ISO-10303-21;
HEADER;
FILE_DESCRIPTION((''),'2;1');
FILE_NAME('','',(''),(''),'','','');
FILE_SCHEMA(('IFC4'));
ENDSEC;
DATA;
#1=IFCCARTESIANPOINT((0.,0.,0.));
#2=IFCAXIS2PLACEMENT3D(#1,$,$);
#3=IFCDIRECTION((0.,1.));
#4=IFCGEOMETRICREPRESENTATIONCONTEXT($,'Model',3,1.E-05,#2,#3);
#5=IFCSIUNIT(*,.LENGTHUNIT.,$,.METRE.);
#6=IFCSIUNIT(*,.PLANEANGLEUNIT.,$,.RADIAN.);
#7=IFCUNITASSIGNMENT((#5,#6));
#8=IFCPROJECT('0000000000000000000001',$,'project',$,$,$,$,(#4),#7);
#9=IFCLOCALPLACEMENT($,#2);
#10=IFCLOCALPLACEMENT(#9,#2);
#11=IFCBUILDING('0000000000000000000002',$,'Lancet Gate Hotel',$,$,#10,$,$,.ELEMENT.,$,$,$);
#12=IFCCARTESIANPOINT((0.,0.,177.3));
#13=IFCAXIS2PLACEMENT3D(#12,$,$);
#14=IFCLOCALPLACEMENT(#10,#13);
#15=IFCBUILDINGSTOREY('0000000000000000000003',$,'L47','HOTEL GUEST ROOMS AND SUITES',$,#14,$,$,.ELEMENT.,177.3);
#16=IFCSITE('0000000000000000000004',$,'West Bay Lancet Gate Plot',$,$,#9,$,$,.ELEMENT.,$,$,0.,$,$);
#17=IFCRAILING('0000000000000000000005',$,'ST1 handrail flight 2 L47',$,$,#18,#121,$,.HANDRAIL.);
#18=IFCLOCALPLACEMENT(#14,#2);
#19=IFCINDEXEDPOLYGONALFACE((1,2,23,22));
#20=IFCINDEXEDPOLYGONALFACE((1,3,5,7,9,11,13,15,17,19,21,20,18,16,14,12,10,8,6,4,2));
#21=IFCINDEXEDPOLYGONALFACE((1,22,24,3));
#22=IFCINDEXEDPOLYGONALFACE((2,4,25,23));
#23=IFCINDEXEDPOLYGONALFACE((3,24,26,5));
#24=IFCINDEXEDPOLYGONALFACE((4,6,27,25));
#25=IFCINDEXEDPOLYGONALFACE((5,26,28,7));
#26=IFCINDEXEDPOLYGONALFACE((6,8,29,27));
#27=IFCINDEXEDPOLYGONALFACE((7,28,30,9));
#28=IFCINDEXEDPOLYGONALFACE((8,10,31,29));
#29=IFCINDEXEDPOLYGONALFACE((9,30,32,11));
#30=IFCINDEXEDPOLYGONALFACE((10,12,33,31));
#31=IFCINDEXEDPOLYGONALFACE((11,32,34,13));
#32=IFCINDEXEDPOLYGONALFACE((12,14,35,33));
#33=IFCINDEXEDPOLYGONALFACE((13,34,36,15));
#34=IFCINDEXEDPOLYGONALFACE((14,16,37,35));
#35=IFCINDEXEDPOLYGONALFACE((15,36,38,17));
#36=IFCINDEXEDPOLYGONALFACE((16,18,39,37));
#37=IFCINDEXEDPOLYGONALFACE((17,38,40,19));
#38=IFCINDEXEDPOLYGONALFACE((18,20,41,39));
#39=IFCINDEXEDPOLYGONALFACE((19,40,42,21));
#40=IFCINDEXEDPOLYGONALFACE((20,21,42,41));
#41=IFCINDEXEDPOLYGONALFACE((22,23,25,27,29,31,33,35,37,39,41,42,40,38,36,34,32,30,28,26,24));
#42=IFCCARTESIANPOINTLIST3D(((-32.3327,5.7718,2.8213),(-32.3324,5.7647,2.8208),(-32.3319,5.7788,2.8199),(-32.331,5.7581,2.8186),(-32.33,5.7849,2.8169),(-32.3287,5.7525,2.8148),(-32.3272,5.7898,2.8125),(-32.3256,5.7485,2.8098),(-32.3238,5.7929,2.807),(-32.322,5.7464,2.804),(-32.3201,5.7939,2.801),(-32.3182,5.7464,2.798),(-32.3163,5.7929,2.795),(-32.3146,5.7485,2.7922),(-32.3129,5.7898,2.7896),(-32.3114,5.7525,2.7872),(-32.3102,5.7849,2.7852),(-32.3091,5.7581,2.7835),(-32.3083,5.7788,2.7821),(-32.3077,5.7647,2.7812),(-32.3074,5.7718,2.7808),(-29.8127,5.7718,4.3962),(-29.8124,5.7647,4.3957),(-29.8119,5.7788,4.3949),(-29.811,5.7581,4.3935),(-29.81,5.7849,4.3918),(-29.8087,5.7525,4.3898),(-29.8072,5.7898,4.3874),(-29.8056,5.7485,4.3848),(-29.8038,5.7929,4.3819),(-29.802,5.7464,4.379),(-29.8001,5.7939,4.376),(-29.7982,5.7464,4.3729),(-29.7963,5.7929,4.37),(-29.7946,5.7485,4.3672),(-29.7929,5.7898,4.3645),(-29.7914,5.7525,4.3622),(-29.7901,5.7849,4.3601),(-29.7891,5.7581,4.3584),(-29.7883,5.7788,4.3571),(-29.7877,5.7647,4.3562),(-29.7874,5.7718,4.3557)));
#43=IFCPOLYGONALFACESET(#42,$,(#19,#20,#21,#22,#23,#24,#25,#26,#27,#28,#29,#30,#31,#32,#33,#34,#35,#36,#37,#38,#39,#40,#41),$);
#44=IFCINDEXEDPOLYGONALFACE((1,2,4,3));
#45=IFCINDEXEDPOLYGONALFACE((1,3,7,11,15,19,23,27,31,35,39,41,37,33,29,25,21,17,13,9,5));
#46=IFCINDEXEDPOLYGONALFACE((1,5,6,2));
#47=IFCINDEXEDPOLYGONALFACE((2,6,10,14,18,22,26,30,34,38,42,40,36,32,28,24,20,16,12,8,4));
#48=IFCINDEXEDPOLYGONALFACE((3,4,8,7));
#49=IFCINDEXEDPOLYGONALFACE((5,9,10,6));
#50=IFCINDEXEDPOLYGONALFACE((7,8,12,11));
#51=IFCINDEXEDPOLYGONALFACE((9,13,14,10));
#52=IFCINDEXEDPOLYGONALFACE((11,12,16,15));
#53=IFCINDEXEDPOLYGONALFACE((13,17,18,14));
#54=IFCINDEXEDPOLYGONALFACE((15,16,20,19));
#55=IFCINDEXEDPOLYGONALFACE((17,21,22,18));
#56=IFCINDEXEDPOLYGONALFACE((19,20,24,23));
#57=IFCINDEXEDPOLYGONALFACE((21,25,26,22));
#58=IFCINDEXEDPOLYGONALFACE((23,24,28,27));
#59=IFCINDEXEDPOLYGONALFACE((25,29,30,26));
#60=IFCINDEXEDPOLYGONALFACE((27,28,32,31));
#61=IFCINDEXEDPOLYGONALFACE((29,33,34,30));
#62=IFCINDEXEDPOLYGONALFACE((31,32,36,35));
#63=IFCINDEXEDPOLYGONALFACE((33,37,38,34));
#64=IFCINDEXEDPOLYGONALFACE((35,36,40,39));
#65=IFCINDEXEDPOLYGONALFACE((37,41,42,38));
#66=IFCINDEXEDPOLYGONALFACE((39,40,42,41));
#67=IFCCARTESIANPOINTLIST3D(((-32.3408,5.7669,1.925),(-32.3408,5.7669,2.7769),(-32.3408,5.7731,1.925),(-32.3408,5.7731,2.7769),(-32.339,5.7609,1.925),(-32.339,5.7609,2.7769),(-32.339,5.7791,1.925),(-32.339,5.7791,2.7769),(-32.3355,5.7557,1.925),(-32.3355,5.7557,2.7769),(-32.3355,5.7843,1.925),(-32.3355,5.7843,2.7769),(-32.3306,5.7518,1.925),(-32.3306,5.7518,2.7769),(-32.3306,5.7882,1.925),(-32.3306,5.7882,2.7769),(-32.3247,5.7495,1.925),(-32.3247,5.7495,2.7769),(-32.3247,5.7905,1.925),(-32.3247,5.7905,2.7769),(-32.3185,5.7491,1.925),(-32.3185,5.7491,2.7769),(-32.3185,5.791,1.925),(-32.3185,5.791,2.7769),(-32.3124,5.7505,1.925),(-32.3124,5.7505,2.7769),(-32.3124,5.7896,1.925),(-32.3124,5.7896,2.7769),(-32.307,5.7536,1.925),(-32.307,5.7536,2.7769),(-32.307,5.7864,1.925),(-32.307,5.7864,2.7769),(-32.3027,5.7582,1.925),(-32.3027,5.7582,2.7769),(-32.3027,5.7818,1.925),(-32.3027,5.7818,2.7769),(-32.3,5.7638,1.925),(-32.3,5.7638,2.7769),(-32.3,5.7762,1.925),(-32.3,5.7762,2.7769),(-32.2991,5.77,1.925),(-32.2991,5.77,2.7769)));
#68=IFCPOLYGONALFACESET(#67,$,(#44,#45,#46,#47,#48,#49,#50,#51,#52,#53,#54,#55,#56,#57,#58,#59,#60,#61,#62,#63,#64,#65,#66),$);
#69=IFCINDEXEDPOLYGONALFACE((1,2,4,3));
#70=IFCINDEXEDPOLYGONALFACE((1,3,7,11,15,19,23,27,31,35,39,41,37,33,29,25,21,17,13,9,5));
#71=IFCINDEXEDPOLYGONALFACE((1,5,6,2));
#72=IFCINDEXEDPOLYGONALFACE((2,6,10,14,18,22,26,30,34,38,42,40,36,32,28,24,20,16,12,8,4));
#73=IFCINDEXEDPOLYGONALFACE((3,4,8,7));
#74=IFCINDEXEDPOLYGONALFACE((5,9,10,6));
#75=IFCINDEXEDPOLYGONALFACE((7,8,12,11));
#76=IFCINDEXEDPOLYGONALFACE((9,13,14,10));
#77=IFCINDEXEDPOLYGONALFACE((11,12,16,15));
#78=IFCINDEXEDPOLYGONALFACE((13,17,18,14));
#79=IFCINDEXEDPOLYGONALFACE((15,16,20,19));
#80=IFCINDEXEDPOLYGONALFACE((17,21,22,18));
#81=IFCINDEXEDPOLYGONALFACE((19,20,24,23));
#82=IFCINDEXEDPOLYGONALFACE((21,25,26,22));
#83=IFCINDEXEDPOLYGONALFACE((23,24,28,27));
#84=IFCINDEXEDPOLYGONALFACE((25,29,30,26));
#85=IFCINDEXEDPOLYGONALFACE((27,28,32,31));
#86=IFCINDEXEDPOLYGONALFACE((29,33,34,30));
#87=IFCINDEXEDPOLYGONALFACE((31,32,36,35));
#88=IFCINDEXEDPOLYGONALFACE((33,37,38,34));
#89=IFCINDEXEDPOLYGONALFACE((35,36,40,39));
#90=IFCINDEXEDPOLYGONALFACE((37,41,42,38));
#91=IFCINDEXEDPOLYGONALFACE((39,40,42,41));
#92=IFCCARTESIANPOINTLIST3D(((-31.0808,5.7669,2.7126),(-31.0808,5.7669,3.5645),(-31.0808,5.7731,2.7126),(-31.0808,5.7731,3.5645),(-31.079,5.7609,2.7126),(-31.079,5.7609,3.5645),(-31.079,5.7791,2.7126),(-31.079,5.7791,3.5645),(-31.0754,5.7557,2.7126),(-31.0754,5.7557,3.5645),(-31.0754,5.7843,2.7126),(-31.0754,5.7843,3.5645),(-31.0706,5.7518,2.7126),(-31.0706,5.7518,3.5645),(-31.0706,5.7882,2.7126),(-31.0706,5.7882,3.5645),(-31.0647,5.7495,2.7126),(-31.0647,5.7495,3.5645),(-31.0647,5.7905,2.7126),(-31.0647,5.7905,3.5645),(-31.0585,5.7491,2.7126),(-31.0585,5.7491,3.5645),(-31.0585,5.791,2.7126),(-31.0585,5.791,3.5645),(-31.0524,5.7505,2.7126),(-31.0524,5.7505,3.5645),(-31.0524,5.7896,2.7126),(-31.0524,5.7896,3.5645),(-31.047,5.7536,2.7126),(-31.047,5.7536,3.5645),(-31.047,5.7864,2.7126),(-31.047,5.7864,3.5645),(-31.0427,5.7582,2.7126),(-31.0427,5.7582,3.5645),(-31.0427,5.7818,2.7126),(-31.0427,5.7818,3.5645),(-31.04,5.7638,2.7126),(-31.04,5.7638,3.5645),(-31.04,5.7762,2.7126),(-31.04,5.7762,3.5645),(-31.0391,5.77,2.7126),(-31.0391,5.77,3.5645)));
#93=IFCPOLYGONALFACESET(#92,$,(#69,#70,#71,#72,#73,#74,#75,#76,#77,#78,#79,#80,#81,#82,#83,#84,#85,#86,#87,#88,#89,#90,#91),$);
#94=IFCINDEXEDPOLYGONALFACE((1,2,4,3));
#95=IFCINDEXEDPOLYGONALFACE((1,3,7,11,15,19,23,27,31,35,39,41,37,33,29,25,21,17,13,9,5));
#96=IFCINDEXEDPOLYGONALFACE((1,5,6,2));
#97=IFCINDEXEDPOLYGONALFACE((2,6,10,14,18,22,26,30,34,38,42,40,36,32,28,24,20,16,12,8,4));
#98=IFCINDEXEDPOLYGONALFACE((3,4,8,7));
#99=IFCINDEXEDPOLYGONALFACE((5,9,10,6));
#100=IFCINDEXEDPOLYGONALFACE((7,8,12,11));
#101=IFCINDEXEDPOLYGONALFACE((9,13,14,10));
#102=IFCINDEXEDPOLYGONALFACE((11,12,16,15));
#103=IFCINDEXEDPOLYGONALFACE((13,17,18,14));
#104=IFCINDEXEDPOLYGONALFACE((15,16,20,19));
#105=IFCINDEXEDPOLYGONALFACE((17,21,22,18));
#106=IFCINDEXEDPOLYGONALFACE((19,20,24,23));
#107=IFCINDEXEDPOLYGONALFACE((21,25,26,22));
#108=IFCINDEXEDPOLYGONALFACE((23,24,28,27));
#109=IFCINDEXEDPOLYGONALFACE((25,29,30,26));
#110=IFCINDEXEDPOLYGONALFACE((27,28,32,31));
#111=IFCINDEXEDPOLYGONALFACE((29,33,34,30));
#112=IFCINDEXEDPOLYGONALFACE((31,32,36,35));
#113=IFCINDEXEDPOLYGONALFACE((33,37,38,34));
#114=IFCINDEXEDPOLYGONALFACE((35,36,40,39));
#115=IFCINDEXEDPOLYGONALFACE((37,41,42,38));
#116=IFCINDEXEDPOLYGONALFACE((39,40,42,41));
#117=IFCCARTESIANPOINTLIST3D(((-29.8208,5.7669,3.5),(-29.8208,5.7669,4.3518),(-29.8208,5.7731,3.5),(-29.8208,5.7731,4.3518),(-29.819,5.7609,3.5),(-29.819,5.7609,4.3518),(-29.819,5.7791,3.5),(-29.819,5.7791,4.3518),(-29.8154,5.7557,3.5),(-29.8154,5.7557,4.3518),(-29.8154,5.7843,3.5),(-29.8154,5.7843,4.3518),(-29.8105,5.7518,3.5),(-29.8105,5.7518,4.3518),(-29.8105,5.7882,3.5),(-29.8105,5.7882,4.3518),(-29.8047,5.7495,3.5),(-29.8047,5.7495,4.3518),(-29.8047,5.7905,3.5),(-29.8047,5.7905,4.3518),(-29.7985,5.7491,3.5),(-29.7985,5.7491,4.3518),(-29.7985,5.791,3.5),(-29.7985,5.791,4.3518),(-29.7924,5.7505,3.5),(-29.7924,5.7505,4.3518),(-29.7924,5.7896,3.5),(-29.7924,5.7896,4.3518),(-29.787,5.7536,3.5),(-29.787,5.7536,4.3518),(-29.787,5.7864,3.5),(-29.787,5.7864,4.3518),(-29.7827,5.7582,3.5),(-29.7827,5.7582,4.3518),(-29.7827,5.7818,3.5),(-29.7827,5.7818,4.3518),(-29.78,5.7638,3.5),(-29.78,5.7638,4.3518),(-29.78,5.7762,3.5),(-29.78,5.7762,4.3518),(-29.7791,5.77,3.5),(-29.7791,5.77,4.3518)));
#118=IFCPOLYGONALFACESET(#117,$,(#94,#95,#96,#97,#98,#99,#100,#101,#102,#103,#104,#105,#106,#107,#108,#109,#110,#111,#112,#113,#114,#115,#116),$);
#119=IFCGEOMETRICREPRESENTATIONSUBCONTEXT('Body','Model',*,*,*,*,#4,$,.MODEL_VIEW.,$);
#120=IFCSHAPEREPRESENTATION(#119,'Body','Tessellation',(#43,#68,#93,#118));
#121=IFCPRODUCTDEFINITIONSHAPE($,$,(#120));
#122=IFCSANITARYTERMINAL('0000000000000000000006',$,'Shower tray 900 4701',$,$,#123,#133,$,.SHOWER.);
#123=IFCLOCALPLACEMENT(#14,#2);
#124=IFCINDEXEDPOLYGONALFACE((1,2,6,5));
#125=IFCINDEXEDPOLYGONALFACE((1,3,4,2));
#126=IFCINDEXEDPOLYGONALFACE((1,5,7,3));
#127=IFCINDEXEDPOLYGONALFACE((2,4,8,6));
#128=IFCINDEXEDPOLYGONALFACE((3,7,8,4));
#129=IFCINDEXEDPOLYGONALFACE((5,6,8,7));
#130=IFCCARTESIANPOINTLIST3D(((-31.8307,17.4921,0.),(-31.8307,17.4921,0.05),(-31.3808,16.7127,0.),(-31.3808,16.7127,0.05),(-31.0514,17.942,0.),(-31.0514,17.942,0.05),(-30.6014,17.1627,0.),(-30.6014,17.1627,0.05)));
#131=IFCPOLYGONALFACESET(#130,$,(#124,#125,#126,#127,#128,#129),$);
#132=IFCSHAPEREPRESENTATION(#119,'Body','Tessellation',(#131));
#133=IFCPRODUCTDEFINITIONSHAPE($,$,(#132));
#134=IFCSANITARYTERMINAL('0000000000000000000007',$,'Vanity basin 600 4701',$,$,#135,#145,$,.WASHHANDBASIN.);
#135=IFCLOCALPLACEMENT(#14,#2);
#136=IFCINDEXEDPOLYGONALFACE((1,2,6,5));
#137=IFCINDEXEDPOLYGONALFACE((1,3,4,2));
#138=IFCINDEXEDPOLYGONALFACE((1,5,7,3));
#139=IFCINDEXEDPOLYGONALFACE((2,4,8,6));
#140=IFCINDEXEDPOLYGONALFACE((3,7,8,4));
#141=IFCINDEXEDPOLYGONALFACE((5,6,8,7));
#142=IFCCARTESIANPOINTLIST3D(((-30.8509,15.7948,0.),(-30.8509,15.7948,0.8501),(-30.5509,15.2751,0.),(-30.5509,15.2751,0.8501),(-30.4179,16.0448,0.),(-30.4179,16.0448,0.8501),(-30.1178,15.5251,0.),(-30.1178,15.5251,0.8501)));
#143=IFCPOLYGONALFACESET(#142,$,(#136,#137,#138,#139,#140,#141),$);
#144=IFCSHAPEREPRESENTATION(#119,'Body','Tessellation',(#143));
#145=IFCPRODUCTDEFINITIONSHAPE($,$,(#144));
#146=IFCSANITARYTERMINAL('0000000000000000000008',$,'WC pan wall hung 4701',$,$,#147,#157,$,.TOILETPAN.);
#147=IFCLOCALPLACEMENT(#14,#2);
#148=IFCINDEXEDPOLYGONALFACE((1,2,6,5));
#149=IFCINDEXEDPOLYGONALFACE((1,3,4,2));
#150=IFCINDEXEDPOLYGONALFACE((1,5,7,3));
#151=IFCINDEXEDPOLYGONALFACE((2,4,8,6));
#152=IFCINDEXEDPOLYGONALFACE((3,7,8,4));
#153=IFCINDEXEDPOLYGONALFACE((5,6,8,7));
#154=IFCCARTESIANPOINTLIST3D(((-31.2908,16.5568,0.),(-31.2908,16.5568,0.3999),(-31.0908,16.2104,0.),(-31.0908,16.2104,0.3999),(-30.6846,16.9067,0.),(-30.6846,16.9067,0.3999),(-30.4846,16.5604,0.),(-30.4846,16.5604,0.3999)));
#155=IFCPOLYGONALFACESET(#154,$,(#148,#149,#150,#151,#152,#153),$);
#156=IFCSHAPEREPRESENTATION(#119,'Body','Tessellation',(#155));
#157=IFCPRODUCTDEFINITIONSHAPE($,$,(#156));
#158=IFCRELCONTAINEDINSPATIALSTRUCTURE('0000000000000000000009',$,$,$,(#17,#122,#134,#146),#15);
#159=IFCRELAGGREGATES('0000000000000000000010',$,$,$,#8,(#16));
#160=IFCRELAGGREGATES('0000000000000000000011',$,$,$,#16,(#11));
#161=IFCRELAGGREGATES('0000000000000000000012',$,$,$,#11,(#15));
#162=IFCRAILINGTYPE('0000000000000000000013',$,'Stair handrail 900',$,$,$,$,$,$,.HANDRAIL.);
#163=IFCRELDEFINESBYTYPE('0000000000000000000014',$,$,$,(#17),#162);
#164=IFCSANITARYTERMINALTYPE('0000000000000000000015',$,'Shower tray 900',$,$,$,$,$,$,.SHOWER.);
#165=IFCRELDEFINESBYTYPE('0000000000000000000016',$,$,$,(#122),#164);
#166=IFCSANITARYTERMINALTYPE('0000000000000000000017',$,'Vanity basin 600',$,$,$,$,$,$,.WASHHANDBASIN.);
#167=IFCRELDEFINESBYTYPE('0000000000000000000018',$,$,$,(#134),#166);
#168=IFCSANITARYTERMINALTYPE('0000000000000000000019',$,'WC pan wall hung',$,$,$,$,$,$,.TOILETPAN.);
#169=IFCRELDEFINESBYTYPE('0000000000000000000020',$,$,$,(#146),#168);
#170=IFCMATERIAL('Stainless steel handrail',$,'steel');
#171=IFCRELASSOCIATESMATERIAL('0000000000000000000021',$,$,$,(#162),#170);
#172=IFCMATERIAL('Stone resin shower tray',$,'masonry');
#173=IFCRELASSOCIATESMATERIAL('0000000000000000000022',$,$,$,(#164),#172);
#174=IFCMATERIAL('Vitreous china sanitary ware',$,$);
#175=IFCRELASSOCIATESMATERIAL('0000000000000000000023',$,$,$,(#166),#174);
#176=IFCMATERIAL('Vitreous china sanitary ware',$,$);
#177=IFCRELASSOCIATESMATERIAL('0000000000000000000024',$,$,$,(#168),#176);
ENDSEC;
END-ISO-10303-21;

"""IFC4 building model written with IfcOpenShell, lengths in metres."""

from ifc_helpers import new_model, si_unit, direction, frame, origin, origin_2d, place, context, subcontext, project, spatial, rectangle, circle, extrude, material, type_object, element, save


model = new_model("IFC4")

# Units and contexts
model_context = context("Model", 3, precision=1e-05, world=origin(), true_north=direction((0.0, 1.0)))
body_context = subcontext(model_context, "Body", "Model", "MODEL_VIEW")
ifc_project = project(units=[si_unit("LENGTHUNIT", "METRE"), si_unit("PLANEANGLEUNIT", "RADIAN")], contexts=[model_context])

# Site, building, storey
site_placement = place(None, origin())
site = spatial("IfcSite", under=ifc_project, at=site_placement, Name="West Bay Lancet Gate Plot", CompositionType="ELEMENT", RefElevation=0.0)
building_placement = place(site_placement, origin())
building = spatial("IfcBuilding", under=site, at=building_placement, Name="Lancet Gate Hotel", CompositionType="ELEMENT")
storey_placement = place(building_placement, frame((0.0, 0.0, 177.3)))
storey = spatial("IfcBuildingStorey", under=building, at=storey_placement, Name="L47", Description="HOTEL GUEST ROOMS AND SUITES", CompositionType="ELEMENT", Elevation=177.3)

# Railing
ifc_material_1 = material(Name="Stainless steel handrail", Category="steel")
railing_type = type_object("IfcRailingType", Name="Stair handrail 900", PredefinedType="HANDRAIL", material=ifc_material_1)
railing_1_placement = place(storey_placement, frame((-32.3201, 5.77, 1.925)))
element("IfcRailing", 1, at=railing_1_placement, inside=storey, type_object=railing_type, Name="ST1 handrail flight 2 L47", PredefinedType="HANDRAIL", context=body_context, shape_type="SweptSolid", body=[
    extrude(circle(Radius=0.0239, at=origin_2d()), frame((0.0, 0.0, 0.876), z_axis=(0.848008, 0.0, 0.529984), x_axis=(0.0, 1.0, 0.0)), (0.0, 0.0, 1.0), 2.9717),
    extrude(circle(Radius=0.021, at=origin_2d()), origin(), (0.0, 0.0, 1.0), 0.8518),
    extrude(circle(Radius=0.021, at=origin_2d()), frame((1.26, 0.0, 0.7876)), (0.0, 0.0, 1.0), 0.8518),
    extrude(circle(Radius=0.021, at=origin_2d()), frame((2.52, 0.0, 1.575)), (0.0, 0.0, 1.0), 0.8518),
])

# Sanitary terminals
ifc_material_2 = material(Name="Stone resin shower tray", Category="masonry")
sanitary_terminal_type_1 = type_object("IfcSanitaryTerminalType", Name="Shower tray 900", PredefinedType="SHOWER", material=ifc_material_2)
sanitary_terminal_1_placement = place(storey_placement, frame((-31.2161, 17.3274, 0.0), z_axis=(0.0, 0.0, 1.0), x_axis=(-0.5, 0.866025, 0.0)))
element("IfcSanitaryTerminal", 2, at=sanitary_terminal_1_placement, inside=storey, type_object=sanitary_terminal_type_1, Name="Shower tray 900 4701", PredefinedType="SHOWER", context=body_context, shape_type="SweptSolid", body=[
    extrude(rectangle(XDim=0.8999, YDim=0.8999, at=origin_2d()), origin(), (0.0, 0.0, 1.0), 0.05),
])
ifc_material_3 = material(Name="Vitreous china sanitary ware")
sanitary_terminal_type_2 = type_object("IfcSanitaryTerminalType", Name="Vanity basin 600", PredefinedType="WASHHANDBASIN", material=ifc_material_3)
sanitary_terminal_2_placement = place(storey_placement, frame((-30.4844, 15.6599, 0.0), z_axis=(0.0, 0.0, 1.0), x_axis=(-0.5, 0.866025, 0.0)))
element("IfcSanitaryTerminal", 3, at=sanitary_terminal_2_placement, inside=storey, type_object=sanitary_terminal_type_2, Name="Vanity basin 600 4701", PredefinedType="WASHHANDBASIN", context=body_context, shape_type="SweptSolid", body=[
    extrude(rectangle(XDim=0.6001, YDim=0.5, at=origin_2d()), origin(), (0.0, 0.0, 1.0), 0.8501),
])
ifc_material_4 = material(Name="Vitreous china sanitary ware")
sanitary_terminal_type_3 = type_object("IfcSanitaryTerminalType", Name="WC pan wall hung", PredefinedType="TOILETPAN", material=ifc_material_4)
sanitary_terminal_3_placement = place(storey_placement, frame((-30.8877, 16.5586, 0.0), z_axis=(0.0, 0.0, 1.0), x_axis=(-0.5, 0.866025, 0.0)))
element("IfcSanitaryTerminal", 4, at=sanitary_terminal_3_placement, inside=storey, type_object=sanitary_terminal_type_3, Name="WC pan wall hung 4701", PredefinedType="TOILETPAN", context=body_context, shape_type="SweptSolid", body=[
    extrude(rectangle(XDim=0.3999, YDim=0.7, at=origin_2d()), origin(), (0.0, 0.0, 1.0), 0.3999),
])

save(model, "model.ifc")
